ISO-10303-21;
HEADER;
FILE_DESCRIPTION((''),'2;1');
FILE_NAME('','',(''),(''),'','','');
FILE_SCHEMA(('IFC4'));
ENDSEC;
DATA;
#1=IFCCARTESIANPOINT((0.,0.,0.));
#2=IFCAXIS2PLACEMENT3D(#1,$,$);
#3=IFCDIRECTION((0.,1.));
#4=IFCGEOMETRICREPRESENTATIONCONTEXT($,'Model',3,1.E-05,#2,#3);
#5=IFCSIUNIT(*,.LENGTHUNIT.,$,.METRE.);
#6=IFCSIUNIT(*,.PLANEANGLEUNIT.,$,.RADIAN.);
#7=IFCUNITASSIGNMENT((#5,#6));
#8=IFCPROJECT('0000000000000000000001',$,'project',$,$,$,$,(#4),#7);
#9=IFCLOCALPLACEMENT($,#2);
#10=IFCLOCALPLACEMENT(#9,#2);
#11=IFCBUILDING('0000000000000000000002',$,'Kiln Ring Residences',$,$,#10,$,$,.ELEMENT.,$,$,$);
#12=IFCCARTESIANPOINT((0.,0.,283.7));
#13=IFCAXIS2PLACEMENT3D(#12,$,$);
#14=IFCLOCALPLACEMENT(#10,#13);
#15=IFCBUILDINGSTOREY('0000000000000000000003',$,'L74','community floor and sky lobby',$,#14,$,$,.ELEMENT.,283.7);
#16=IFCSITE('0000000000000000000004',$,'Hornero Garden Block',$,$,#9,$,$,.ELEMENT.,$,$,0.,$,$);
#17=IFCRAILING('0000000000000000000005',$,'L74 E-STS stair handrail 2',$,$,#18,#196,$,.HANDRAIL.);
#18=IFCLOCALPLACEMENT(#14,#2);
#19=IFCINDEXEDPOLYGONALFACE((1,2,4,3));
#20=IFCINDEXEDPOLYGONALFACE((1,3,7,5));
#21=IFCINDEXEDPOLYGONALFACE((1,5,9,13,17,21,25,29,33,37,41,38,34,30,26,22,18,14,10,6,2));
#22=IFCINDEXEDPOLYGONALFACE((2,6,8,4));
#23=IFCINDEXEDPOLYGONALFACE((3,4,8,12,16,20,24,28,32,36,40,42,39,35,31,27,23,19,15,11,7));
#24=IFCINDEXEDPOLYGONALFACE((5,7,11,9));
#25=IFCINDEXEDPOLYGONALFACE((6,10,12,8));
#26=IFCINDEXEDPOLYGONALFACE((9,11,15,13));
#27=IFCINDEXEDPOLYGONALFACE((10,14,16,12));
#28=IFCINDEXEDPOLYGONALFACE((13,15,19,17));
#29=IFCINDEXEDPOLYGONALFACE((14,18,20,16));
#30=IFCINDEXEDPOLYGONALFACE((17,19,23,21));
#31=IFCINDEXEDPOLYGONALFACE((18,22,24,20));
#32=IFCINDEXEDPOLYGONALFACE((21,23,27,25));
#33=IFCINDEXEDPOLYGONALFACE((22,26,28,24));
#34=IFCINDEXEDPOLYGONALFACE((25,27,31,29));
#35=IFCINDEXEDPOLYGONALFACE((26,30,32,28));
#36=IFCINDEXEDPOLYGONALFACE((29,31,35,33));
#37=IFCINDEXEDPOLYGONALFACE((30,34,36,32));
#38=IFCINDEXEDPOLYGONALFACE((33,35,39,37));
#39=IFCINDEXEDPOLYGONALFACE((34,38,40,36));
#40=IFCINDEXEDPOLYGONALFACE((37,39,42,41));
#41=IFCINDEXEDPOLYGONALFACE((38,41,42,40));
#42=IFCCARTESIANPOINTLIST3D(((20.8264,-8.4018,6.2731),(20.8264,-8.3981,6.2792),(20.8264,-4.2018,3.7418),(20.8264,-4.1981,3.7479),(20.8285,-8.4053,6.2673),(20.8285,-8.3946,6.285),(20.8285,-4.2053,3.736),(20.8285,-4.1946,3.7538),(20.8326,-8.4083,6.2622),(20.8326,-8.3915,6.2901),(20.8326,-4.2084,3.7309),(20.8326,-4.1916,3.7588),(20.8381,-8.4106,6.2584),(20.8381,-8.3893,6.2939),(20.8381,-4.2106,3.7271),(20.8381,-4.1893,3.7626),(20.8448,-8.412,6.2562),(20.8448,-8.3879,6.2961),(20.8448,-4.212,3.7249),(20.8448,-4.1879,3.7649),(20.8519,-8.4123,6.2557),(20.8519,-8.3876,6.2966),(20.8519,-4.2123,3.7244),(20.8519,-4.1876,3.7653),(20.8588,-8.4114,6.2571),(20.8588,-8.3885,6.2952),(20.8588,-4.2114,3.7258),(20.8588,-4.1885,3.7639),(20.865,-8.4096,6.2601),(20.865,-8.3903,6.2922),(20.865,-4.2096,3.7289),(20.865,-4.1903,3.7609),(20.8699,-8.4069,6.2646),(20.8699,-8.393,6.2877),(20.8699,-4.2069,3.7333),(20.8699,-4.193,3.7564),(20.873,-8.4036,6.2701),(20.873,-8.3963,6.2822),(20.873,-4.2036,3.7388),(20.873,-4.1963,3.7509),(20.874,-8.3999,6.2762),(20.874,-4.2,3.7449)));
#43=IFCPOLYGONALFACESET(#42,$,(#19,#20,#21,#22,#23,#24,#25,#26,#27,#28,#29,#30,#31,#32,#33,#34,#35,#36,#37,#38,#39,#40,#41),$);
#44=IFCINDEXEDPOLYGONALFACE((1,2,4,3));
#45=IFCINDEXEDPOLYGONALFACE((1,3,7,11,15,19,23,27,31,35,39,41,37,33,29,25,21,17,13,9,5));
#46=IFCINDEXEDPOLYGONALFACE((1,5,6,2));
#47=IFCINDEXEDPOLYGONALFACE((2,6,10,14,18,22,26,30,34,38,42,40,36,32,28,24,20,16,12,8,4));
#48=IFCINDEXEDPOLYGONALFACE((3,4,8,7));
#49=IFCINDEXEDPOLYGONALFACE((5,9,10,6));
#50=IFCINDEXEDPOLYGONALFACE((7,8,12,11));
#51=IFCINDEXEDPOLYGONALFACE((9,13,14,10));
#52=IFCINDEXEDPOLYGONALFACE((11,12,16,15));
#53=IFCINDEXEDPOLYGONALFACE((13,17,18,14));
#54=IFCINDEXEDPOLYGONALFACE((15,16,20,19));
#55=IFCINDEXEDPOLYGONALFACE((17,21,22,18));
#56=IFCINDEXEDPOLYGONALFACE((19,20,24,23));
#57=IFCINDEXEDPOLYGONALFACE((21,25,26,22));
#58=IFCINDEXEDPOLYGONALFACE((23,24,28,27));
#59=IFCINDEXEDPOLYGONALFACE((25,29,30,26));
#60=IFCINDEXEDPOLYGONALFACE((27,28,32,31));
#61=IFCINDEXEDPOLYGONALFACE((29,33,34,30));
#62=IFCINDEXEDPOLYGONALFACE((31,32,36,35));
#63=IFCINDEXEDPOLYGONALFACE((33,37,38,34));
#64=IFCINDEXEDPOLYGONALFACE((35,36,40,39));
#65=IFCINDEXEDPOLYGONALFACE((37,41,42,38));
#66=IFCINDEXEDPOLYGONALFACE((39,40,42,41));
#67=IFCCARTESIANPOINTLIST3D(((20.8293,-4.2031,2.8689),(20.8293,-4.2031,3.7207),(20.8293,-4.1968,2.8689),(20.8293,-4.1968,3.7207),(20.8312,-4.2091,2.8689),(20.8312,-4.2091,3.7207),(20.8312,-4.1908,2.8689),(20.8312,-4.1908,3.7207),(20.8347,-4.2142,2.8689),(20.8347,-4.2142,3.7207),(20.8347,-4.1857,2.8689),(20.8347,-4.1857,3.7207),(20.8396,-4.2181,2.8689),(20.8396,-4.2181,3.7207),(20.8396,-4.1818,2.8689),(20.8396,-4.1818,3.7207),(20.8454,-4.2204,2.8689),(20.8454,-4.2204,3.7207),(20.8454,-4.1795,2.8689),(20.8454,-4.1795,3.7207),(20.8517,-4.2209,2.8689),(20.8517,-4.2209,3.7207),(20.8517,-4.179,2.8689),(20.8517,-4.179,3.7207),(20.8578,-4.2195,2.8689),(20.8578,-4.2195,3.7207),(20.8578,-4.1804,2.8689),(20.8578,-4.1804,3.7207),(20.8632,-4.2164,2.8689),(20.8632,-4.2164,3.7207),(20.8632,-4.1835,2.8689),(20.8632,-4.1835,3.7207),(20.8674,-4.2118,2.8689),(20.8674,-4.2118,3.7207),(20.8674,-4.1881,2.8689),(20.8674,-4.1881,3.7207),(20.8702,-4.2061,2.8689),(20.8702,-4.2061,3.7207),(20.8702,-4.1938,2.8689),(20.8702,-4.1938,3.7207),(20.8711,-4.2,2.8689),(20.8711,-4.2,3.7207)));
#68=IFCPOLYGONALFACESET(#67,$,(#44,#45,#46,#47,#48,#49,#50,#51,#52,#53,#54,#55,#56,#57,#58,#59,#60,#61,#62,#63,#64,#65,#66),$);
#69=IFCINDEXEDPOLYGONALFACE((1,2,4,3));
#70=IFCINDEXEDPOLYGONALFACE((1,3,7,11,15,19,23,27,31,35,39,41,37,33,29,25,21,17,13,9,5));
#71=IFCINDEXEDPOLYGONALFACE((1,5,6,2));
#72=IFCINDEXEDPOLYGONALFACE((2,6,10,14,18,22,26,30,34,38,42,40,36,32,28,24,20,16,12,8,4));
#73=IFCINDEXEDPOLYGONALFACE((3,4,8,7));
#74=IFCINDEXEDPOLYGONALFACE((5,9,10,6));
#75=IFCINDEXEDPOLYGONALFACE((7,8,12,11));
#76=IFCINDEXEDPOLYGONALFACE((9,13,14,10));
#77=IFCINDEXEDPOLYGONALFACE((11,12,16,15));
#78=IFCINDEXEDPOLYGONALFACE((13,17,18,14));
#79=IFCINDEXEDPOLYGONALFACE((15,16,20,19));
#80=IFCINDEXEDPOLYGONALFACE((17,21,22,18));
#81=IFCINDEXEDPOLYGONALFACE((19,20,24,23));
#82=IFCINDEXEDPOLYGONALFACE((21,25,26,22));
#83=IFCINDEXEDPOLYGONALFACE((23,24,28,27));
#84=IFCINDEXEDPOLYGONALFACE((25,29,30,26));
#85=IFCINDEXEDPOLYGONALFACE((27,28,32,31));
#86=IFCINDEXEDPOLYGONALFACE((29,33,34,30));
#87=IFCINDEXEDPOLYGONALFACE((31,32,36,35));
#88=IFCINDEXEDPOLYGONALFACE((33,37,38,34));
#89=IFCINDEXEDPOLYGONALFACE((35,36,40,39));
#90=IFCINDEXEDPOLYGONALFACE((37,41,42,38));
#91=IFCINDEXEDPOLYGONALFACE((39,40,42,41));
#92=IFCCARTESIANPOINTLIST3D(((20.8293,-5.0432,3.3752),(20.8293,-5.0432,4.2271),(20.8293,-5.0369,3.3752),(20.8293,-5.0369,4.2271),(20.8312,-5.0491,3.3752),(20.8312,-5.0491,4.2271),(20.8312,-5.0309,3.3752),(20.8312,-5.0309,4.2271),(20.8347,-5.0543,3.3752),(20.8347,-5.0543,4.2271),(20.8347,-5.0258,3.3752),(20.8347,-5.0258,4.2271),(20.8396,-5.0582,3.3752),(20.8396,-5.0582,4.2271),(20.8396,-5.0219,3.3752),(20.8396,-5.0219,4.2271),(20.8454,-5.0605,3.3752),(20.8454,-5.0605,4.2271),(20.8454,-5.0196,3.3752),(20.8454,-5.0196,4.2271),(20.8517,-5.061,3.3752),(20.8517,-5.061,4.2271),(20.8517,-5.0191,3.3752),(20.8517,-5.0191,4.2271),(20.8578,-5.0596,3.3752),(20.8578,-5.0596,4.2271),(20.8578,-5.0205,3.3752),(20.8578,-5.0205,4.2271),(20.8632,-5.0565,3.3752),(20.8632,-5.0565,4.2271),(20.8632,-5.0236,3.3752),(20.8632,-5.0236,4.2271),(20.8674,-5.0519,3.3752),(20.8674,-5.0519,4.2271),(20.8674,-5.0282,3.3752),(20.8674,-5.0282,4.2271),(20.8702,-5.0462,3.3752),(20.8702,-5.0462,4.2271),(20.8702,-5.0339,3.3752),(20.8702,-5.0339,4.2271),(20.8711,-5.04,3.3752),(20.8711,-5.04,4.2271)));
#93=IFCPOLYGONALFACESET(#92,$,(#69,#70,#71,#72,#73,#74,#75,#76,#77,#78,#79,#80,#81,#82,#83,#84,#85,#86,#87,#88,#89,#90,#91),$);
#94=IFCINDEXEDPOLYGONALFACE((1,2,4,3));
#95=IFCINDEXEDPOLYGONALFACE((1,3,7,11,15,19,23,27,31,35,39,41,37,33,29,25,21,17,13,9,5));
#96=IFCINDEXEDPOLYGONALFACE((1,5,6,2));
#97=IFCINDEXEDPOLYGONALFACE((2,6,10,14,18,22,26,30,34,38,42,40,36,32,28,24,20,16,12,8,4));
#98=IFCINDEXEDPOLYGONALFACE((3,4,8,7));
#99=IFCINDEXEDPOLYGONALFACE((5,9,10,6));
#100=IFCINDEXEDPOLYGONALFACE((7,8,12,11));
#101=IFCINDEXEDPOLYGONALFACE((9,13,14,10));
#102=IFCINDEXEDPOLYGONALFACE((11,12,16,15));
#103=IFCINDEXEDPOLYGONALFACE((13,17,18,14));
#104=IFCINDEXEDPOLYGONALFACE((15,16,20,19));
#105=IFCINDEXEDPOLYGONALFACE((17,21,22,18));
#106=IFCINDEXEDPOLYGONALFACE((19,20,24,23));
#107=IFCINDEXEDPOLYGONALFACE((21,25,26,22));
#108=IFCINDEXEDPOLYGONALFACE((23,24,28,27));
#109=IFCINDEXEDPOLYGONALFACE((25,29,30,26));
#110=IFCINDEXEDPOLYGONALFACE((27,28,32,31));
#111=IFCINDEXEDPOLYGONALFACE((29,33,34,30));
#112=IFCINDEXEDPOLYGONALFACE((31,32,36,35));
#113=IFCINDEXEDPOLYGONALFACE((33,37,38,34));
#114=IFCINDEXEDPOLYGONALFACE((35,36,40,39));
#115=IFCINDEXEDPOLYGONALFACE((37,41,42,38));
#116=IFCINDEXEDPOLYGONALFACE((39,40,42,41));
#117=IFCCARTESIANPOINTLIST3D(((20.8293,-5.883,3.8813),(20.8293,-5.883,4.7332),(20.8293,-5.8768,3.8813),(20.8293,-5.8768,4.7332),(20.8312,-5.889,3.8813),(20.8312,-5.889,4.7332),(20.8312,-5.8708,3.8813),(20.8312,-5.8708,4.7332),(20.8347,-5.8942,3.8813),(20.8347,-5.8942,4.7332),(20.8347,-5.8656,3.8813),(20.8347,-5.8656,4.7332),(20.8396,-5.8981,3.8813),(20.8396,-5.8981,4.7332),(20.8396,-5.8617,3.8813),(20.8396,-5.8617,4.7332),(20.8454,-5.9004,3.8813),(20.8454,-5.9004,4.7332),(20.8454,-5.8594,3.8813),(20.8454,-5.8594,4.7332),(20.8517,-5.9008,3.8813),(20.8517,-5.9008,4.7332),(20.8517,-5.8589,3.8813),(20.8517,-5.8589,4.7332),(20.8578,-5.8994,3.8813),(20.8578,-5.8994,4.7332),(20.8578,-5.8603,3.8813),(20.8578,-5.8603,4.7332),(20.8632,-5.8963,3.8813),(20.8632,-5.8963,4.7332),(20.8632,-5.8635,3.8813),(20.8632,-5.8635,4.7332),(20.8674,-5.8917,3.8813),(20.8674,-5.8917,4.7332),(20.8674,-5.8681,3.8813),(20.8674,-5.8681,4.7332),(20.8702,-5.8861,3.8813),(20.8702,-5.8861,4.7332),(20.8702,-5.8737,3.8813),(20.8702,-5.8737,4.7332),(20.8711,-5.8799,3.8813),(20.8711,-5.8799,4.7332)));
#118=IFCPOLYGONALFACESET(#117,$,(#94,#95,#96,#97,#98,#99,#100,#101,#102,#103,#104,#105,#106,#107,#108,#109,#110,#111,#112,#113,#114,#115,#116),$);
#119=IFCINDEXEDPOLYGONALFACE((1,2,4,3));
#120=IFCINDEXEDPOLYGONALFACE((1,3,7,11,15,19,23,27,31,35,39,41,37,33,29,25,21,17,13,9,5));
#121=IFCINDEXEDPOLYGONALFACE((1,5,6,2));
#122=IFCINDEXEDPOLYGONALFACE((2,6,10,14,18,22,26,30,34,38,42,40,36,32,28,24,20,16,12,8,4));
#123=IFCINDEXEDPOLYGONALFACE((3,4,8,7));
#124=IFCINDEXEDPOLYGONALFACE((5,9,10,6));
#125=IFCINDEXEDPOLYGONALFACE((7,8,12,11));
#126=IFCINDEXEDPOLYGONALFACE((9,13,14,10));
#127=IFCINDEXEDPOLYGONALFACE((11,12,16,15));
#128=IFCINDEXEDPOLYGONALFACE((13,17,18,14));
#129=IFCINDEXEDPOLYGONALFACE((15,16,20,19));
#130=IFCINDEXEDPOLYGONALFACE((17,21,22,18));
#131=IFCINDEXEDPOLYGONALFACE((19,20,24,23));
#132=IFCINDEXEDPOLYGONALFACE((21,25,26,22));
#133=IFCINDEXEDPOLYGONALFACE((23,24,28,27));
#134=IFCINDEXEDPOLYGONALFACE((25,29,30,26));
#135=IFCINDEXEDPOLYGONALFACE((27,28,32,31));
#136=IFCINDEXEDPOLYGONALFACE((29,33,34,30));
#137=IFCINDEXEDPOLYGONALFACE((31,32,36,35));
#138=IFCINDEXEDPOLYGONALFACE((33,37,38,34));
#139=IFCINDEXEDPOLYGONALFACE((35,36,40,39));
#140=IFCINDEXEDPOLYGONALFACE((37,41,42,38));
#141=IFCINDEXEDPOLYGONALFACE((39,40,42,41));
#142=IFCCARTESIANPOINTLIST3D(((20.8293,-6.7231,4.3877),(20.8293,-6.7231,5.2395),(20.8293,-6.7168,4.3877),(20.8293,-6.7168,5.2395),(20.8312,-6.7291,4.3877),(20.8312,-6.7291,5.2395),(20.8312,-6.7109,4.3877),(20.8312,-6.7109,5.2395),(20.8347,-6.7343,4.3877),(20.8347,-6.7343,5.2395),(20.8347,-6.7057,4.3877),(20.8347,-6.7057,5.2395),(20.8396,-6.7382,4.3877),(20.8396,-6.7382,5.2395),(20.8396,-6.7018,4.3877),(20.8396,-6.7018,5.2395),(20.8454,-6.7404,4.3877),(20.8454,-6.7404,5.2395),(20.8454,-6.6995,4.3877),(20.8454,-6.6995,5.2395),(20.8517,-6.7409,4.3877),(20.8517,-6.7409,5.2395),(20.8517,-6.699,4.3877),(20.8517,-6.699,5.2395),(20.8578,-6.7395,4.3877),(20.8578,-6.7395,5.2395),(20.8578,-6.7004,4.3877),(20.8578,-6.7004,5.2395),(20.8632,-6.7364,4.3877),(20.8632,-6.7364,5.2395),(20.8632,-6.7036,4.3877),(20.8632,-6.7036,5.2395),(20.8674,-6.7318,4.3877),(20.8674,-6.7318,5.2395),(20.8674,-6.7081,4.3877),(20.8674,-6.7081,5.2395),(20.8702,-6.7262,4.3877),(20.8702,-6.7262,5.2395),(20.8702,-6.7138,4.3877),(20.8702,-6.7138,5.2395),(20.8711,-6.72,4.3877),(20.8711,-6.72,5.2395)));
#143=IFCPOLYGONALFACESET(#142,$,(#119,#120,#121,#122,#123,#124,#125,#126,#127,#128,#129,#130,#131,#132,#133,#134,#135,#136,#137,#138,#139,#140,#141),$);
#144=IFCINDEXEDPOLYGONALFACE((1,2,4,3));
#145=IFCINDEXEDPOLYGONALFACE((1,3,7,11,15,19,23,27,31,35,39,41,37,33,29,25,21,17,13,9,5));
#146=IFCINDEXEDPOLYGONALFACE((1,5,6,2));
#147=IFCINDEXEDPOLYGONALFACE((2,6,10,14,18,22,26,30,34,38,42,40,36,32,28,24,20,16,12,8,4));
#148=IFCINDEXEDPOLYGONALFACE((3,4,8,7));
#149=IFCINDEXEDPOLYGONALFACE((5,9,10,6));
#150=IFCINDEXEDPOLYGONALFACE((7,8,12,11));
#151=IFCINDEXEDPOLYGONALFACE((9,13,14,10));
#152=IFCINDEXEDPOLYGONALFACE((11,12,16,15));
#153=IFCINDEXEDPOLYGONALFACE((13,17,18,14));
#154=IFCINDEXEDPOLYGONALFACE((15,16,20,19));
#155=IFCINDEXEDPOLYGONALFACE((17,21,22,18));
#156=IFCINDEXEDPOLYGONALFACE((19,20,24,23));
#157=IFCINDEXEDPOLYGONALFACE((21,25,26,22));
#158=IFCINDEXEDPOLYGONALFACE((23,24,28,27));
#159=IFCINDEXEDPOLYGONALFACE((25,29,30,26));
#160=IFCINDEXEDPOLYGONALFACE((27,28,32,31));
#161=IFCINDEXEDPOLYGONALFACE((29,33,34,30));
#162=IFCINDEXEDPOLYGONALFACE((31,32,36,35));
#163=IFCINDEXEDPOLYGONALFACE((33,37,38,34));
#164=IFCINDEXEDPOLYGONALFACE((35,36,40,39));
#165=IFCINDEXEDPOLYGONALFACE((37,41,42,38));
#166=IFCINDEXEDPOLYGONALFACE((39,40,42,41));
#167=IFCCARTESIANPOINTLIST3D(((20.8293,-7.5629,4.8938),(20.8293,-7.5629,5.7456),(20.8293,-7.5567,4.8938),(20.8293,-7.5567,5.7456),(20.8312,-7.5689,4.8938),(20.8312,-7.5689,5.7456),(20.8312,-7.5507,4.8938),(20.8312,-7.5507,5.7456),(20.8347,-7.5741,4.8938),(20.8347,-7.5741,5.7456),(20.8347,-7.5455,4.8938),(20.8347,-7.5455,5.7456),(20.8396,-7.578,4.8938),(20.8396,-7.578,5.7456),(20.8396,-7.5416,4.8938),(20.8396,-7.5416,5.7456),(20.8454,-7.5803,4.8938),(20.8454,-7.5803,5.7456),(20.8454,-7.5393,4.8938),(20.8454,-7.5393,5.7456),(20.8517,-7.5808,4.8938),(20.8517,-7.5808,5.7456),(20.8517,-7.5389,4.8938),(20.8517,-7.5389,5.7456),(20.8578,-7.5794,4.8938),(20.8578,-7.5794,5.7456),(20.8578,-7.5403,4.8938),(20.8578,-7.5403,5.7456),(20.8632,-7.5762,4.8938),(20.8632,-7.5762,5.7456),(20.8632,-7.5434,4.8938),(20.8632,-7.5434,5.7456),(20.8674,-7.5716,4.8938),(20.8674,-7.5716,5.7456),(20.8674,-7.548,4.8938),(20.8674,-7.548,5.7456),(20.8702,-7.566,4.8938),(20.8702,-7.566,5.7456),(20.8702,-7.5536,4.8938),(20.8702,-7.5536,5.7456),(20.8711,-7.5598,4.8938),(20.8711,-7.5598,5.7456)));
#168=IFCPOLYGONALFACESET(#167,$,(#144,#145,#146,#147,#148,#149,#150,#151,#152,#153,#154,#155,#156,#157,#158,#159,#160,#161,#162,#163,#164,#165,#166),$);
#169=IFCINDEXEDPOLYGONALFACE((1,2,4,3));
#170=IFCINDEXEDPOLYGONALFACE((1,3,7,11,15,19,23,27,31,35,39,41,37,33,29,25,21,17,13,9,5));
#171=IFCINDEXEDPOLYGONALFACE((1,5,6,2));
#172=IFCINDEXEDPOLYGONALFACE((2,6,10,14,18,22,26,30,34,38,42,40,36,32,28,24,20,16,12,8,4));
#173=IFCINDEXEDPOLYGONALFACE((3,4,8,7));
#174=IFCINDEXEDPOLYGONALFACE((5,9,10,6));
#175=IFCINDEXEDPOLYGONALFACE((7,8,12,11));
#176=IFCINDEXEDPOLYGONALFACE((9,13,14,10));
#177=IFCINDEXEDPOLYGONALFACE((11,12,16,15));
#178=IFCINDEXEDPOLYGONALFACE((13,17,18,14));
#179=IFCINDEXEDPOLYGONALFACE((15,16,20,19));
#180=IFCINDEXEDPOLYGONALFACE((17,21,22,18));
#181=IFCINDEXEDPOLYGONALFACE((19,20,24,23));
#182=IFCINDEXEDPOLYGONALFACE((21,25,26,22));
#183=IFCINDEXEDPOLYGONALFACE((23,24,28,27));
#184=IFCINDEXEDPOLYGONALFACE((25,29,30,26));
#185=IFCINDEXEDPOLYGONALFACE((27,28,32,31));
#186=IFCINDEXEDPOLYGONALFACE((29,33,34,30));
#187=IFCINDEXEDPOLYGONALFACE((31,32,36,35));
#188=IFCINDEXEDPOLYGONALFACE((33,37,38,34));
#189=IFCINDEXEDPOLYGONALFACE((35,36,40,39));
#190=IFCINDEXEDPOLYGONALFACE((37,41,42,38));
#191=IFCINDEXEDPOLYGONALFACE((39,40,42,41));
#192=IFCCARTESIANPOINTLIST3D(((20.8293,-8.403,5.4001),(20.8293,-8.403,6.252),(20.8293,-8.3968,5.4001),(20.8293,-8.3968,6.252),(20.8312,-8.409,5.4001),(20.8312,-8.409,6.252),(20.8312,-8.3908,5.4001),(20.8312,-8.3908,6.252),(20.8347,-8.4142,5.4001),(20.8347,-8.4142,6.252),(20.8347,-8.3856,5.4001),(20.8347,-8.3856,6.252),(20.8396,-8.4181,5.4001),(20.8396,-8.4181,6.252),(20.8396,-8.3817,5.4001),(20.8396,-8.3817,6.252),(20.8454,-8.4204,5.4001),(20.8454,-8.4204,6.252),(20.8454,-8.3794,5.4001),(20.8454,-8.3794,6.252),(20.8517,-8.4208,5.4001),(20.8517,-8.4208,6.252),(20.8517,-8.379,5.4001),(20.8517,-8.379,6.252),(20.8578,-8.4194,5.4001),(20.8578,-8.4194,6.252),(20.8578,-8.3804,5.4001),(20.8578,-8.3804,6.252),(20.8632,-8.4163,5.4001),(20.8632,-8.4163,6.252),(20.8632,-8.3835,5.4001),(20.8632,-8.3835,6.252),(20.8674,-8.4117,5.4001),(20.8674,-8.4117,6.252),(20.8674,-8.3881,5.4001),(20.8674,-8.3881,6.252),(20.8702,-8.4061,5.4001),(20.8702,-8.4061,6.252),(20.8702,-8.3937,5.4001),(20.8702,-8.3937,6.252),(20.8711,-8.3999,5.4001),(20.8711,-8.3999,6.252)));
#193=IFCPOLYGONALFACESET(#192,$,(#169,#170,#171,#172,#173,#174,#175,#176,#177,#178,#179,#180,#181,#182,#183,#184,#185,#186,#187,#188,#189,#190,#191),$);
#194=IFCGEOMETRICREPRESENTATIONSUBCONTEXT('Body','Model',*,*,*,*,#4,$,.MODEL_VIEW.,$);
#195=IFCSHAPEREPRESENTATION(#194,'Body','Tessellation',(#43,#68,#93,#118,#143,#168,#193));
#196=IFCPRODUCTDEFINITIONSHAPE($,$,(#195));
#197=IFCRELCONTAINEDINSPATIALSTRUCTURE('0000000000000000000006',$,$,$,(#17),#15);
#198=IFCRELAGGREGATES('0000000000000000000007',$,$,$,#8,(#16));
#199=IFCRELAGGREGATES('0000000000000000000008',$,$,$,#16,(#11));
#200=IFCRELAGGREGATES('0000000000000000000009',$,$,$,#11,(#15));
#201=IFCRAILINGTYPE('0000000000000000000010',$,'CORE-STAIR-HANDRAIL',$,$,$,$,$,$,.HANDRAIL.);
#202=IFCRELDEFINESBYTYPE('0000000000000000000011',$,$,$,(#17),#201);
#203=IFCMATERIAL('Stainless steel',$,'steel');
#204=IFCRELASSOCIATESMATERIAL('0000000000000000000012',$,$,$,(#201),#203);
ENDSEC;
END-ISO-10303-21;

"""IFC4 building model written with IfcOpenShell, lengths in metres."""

from ifc_helpers import new_model, si_unit, direction, frame, origin, origin_2d, place, context, subcontext, project, spatial, circle, extrude, material, type_object, element, save


model = new_model("IFC4")

# Units and contexts
model_context = context("Model", 3, precision=1e-05, world=origin(), true_north=direction((0.0, 1.0)))
body_context = subcontext(model_context, "Body", "Model", "MODEL_VIEW")
ifc_project = project(units=[si_unit("LENGTHUNIT", "METRE"), si_unit("PLANEANGLEUNIT", "RADIAN")], contexts=[model_context])

# Site, building, storey
site_placement = place(None, origin())
site = spatial("IfcSite", under=ifc_project, at=site_placement, Name="Hornero Garden Block", CompositionType="ELEMENT", RefElevation=0.0)
building_placement = place(site_placement, origin())
building = spatial("IfcBuilding", under=site, at=building_placement, Name="Kiln Ring Residences", CompositionType="ELEMENT")
storey_placement = place(building_placement, frame((0.0, 0.0, 283.7)))
storey = spatial("IfcBuildingStorey", under=building, at=storey_placement, Name="L74", Description="community floor and sky lobby", CompositionType="ELEMENT", Elevation=283.7)

# Railing
ifc_material_1 = material(Name="Stainless steel", Category="steel")
railing_type_1 = type_object("IfcRailingType", Name="CORE-STAIR-HANDRAIL", PredefinedType="HANDRAIL", material=ifc_material_1)
railing_1_placement = place(storey_placement, frame((20.8501, -4.2, 2.8689)))
element("IfcRailing", 1, at=railing_1_placement, inside=storey, type_object=railing_type_1, Name="L74 E-STS stair handrail 2", PredefinedType="HANDRAIL", context=body_context, shape_type="SweptSolid", body=[
    extrude(circle(Radius=0.0239, at=origin_2d()), frame((0.0, 0.0, 0.876), z_axis=(0.0, -0.856476, 0.516186), x_axis=(1.0, 0.0, 0.0)), (0.0, 0.0, 1.0), 4.9038),
    extrude(circle(Radius=0.021, at=origin_2d()), origin(), (0.0, 0.0, 1.0), 0.8518),
    extrude(circle(Radius=0.021, at=origin_2d()), frame((0.0, -0.8401, 0.5063)), (0.0, 0.0, 1.0), 0.8518),
    extrude(circle(Radius=0.021, at=origin_2d()), frame((0.0, -1.6799, 1.0125)), (0.0, 0.0, 1.0), 0.8518),
    extrude(circle(Radius=0.021, at=origin_2d()), frame((0.0, -2.52, 1.5188)), (0.0, 0.0, 1.0), 0.8518),
    extrude(circle(Radius=0.021, at=origin_2d()), frame((0.0, -3.3599, 2.0249)), (0.0, 0.0, 1.0), 0.8518),
    extrude(circle(Radius=0.021, at=origin_2d()), frame((0.0, -4.2, 2.5312)), (0.0, 0.0, 1.0), 0.8518),
])

save(model, "model.ifc")
